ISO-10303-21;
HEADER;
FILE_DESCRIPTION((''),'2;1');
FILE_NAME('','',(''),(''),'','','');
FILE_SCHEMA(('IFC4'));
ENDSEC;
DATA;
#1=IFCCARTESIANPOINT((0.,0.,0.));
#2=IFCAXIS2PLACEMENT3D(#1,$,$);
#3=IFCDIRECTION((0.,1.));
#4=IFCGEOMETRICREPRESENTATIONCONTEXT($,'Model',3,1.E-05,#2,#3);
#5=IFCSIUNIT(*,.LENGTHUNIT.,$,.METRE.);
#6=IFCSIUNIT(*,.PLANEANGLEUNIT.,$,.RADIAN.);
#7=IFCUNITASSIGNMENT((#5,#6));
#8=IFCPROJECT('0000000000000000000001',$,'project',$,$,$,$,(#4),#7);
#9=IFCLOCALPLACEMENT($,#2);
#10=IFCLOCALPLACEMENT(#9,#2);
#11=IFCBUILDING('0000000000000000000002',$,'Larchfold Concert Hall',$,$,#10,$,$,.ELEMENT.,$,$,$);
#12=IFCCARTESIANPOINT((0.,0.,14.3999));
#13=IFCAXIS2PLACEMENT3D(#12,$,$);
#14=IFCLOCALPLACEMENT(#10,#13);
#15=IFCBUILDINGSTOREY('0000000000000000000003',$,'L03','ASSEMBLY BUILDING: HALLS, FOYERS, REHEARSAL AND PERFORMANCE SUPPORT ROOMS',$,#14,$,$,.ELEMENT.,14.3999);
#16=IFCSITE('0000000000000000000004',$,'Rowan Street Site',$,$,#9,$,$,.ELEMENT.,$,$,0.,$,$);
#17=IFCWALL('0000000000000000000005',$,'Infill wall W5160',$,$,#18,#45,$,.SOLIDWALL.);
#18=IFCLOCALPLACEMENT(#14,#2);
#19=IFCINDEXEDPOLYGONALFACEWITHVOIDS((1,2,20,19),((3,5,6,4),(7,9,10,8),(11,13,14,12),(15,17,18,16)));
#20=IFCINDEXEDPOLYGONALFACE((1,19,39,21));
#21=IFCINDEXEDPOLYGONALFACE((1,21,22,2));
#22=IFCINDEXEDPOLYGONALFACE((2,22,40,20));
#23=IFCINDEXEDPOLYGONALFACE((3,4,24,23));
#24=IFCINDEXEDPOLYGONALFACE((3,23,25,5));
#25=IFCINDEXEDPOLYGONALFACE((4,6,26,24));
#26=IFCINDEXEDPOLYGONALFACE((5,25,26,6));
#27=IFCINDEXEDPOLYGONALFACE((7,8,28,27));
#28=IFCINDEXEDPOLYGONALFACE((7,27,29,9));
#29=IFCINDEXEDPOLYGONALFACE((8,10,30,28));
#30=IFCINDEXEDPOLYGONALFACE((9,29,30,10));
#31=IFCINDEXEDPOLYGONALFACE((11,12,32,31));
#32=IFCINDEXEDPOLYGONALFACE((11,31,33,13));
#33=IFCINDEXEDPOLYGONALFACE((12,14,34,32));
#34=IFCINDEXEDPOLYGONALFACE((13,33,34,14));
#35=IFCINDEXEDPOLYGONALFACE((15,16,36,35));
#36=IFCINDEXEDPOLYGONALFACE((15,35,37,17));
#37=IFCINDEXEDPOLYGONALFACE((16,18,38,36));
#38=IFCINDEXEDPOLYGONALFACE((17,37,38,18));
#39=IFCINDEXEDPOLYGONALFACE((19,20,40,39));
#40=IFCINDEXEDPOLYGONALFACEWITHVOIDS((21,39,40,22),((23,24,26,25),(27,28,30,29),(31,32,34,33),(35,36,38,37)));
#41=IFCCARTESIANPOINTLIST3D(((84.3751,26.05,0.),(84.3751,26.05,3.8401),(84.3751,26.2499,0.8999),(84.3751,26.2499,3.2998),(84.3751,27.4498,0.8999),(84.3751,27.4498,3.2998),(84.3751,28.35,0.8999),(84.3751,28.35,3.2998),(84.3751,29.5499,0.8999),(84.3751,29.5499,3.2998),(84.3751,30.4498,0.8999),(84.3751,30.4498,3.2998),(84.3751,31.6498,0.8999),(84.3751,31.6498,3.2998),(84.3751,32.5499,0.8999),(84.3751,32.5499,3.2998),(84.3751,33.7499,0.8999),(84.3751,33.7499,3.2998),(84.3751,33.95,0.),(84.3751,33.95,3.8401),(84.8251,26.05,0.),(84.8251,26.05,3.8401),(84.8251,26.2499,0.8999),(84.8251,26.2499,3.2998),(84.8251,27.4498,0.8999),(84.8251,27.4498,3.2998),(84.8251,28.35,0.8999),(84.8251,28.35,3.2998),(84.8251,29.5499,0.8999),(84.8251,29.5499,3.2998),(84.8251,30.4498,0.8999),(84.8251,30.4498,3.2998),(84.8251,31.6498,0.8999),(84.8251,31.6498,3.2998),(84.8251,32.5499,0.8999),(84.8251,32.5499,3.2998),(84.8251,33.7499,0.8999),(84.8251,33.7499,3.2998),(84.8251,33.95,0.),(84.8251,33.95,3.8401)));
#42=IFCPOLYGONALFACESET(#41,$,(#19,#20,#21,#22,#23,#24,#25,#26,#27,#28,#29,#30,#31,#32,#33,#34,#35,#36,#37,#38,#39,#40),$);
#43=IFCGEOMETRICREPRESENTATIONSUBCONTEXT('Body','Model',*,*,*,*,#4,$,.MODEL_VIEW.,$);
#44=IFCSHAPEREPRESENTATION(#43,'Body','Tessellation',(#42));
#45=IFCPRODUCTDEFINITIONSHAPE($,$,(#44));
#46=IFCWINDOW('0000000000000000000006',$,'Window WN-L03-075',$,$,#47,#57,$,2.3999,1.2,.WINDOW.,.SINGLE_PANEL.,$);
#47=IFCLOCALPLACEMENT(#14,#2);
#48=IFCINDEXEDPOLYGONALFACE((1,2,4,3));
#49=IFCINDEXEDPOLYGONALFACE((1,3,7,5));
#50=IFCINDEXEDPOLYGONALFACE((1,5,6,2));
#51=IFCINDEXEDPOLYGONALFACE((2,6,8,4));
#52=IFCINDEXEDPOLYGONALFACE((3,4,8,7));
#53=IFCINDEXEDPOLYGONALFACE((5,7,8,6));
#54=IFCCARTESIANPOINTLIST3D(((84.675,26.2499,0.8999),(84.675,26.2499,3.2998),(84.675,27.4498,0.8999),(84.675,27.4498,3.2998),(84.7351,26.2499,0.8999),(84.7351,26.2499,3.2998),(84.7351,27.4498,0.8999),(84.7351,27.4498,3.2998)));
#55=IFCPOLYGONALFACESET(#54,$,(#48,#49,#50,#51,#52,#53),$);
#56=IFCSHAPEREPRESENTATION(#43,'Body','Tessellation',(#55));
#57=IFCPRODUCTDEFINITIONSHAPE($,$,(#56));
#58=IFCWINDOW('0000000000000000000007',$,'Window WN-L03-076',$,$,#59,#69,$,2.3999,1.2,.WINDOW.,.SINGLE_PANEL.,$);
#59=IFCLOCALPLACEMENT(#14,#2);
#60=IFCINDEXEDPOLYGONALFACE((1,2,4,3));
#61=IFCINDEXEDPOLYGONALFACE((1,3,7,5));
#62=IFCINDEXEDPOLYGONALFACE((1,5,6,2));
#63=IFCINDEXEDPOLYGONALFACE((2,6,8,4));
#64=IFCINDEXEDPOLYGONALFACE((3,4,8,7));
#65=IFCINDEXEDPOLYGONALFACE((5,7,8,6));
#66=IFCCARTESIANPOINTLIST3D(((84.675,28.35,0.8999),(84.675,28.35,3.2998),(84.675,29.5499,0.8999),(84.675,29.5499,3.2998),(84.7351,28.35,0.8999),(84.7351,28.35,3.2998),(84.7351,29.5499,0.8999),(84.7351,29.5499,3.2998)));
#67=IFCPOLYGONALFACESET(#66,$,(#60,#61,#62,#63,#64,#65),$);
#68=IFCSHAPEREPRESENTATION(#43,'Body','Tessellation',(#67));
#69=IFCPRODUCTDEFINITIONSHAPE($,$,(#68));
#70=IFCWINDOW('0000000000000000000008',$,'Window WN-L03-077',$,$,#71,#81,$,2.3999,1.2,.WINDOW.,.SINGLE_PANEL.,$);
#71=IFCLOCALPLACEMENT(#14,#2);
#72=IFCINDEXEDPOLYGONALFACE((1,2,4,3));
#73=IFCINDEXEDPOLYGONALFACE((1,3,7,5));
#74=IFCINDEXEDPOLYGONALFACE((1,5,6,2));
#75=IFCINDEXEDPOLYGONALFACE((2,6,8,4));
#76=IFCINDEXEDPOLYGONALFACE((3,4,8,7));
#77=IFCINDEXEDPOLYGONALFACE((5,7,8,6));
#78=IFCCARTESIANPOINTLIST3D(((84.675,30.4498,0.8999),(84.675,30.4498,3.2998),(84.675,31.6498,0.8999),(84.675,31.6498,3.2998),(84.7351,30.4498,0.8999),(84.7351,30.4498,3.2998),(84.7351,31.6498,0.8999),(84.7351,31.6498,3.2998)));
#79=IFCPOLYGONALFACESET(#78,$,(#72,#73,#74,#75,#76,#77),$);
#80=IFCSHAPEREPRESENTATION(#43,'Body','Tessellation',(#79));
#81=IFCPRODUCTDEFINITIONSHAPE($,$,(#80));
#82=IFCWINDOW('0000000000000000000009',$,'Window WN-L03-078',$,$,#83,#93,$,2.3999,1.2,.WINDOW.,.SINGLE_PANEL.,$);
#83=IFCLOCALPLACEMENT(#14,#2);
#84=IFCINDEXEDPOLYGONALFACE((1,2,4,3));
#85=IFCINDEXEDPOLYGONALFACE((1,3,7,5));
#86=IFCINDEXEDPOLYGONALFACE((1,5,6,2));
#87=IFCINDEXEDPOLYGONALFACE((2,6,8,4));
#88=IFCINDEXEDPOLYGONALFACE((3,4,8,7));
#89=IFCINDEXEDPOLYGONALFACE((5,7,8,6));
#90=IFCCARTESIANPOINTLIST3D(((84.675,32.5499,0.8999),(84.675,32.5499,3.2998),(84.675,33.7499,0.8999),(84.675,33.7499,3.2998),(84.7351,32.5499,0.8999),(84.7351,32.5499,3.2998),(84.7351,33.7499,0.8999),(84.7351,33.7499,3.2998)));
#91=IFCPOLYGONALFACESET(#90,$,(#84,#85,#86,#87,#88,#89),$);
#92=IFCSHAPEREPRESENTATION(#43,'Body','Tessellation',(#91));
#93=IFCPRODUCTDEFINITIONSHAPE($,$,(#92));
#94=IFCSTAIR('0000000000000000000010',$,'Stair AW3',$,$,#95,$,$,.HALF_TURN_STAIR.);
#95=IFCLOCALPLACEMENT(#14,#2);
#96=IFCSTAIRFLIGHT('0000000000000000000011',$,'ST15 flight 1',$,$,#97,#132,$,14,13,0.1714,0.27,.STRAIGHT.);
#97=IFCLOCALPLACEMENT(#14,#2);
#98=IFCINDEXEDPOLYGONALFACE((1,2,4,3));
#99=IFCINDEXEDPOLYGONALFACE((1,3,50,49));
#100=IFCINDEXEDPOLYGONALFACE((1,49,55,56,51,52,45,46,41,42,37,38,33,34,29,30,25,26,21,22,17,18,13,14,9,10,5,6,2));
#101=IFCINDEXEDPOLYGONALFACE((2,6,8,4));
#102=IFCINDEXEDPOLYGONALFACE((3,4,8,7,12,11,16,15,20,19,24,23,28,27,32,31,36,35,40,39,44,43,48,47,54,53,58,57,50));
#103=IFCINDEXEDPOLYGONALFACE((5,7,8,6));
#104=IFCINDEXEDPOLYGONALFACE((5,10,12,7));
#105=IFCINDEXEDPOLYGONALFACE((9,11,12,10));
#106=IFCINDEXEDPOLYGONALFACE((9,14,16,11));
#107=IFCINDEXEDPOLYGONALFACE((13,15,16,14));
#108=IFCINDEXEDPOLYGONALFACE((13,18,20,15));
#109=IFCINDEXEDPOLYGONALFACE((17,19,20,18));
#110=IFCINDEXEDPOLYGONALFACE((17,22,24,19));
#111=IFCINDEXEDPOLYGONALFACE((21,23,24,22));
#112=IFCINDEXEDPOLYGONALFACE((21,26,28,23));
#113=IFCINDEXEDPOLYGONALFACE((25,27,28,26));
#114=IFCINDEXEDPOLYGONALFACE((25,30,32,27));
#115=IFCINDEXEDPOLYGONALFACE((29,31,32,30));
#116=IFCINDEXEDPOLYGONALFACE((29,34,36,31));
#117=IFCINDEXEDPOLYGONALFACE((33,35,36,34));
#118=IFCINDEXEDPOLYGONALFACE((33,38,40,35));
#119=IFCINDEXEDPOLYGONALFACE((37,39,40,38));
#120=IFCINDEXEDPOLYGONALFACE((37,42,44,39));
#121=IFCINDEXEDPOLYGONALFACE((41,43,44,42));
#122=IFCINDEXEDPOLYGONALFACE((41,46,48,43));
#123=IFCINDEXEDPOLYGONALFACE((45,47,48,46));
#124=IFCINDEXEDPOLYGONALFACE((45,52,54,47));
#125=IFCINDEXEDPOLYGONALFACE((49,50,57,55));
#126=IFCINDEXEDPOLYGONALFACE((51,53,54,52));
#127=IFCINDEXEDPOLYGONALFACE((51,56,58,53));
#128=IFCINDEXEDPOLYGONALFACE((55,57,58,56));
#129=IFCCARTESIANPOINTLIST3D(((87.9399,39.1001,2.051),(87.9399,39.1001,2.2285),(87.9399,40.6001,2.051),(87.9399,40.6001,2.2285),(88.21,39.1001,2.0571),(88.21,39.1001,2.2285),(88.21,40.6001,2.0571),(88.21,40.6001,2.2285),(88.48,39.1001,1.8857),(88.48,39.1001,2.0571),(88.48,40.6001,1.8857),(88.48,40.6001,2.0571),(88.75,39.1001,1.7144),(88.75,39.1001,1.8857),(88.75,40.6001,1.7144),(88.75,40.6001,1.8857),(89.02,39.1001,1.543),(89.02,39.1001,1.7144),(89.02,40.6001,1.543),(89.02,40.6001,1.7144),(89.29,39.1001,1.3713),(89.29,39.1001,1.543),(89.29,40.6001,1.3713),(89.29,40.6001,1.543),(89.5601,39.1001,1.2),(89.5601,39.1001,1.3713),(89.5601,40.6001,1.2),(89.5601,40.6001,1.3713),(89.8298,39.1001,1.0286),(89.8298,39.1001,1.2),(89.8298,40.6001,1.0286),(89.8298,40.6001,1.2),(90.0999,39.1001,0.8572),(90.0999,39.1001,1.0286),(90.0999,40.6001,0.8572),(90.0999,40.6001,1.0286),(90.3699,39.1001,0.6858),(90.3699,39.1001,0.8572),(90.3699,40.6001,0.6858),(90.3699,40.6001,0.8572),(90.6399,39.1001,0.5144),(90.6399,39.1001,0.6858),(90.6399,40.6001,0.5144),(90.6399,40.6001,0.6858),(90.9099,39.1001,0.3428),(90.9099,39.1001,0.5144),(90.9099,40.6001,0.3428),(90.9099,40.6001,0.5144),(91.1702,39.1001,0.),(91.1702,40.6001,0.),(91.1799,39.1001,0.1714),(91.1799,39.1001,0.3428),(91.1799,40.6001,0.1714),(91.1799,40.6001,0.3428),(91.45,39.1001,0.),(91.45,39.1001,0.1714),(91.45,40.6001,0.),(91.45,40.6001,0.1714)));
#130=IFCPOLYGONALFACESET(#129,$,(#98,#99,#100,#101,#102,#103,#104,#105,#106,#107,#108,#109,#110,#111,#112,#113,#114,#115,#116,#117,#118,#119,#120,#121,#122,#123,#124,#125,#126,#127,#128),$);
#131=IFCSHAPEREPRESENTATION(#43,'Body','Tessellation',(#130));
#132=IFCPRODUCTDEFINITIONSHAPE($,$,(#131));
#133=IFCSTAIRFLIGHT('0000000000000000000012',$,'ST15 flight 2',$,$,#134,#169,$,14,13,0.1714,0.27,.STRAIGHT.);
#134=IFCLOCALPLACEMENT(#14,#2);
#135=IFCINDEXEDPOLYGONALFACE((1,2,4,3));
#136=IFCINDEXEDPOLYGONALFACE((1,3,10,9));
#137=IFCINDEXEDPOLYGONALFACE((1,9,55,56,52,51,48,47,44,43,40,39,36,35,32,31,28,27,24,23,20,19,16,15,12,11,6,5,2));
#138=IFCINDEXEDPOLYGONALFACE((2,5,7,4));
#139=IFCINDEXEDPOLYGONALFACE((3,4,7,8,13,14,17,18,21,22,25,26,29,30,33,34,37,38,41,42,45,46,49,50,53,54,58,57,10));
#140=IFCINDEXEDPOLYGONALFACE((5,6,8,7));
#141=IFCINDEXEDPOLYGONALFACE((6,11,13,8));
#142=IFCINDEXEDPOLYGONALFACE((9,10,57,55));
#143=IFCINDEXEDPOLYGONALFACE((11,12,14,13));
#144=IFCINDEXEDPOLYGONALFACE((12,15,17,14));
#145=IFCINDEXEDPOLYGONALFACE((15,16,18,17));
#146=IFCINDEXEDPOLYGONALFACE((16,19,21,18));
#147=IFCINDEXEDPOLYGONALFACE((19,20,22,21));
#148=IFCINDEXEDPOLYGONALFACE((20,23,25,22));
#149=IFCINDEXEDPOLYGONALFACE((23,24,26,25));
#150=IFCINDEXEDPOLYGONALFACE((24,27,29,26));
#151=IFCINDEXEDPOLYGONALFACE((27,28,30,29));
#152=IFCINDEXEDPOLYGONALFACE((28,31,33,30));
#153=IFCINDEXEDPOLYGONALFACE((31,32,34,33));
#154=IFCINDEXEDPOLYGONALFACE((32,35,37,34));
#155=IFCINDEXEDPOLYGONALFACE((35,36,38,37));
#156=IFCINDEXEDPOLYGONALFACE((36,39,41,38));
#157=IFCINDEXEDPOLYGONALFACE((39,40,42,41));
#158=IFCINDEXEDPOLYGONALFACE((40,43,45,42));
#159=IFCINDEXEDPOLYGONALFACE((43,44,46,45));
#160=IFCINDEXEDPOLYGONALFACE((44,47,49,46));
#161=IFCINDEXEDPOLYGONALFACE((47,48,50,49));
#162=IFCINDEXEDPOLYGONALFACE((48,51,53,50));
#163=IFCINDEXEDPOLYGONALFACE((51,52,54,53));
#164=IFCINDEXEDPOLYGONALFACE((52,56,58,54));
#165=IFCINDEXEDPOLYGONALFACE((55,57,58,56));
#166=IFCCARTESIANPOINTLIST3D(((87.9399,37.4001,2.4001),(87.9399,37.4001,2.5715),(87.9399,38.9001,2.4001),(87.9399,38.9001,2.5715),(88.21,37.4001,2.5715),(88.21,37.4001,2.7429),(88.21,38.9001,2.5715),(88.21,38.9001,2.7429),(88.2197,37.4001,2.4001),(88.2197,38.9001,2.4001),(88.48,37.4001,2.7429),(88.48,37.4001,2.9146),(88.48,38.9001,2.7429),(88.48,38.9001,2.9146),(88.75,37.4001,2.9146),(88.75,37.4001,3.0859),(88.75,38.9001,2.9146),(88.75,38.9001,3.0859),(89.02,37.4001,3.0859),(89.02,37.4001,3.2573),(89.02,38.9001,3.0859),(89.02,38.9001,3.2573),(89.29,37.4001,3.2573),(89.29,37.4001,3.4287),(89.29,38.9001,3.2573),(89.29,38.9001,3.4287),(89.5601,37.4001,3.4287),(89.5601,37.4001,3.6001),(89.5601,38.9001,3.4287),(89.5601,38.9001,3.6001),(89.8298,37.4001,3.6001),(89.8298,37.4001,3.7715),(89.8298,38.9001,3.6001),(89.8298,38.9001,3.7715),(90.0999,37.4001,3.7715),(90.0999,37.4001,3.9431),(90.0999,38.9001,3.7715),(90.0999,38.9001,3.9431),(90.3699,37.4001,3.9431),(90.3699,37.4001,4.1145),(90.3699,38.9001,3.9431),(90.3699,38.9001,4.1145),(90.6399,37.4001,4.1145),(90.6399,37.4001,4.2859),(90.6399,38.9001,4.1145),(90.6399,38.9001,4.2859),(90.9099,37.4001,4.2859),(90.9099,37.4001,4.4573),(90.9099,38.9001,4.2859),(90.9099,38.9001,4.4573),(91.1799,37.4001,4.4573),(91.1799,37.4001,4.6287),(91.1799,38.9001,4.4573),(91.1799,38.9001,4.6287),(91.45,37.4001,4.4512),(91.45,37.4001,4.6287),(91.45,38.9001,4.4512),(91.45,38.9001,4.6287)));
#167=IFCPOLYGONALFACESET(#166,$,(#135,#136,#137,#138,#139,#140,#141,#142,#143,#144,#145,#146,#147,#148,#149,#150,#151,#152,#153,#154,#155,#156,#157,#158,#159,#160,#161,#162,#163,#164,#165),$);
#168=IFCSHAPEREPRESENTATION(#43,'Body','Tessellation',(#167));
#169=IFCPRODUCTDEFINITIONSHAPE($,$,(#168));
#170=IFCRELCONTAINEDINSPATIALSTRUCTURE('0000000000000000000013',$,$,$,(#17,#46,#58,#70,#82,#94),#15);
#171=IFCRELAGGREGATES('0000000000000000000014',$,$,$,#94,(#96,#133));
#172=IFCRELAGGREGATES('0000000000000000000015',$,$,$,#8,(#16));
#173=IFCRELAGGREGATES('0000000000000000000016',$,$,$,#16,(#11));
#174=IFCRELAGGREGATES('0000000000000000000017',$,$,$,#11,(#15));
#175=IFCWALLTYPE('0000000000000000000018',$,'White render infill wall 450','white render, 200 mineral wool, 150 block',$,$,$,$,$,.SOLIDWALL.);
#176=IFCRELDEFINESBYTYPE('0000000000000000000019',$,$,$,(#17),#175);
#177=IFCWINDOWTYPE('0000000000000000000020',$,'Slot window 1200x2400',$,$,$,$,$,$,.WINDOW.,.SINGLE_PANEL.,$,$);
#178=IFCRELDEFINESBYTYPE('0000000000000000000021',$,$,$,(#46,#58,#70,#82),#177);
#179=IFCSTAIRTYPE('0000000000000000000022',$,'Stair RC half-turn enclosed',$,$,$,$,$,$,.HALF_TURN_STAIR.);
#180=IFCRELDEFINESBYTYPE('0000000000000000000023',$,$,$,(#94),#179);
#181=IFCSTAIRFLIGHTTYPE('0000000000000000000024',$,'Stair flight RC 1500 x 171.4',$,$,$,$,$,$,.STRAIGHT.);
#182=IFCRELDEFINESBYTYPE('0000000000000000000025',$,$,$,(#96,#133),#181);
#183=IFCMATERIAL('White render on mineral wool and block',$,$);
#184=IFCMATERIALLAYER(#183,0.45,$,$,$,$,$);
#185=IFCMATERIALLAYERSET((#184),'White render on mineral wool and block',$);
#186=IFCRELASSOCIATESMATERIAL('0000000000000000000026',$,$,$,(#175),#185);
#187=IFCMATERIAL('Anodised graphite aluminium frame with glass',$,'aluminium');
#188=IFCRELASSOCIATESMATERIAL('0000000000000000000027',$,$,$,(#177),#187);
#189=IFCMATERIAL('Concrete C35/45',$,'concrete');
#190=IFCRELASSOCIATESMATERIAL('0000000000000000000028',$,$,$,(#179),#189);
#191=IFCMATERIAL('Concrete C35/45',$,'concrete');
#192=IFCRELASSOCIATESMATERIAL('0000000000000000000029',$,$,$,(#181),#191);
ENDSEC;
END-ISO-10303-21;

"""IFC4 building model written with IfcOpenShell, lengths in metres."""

from ifc_helpers import new_model, si_unit, direction, frame, frame_2d, origin, place, context, subcontext, project, spatial, polyline, rectangle, outline, extrude, material, layer, layer_set, type_object, element, fill, aggregate, save


model = new_model("IFC4")

# Units and contexts
model_context = context("Model", 3, precision=1e-05, world=origin(), true_north=direction((0.0, 1.0)))
body_context = subcontext(model_context, "Body", "Model", "MODEL_VIEW")
ifc_project = project(units=[si_unit("LENGTHUNIT", "METRE"), si_unit("PLANEANGLEUNIT", "RADIAN")], contexts=[model_context])

# Site, building, storey
site_placement = place(None, origin())
site = spatial("IfcSite", under=ifc_project, at=site_placement, Name="Rowan Street Site", CompositionType="ELEMENT", RefElevation=0.0)
building_placement = place(site_placement, origin())
building = spatial("IfcBuilding", under=site, at=building_placement, Name="Larchfold Concert Hall", CompositionType="ELEMENT")
storey_placement = place(building_placement, frame((0.0, 0.0, 14.3999)))
storey = spatial("IfcBuildingStorey", under=building, at=storey_placement, Name="L03", Description="ASSEMBLY BUILDING: HALLS, FOYERS, REHEARSAL AND PERFORMANCE SUPPORT ROOMS", CompositionType="ELEMENT", Elevation=14.3999)

# Wall, openings, windows
ifc_material_1 = material(Name="White render on mineral wool and block")
ifc_layer_1 = layer(ifc_material_1, 0.45)
ifc_layer_set_1 = layer_set([ifc_layer_1], Name="White render on mineral wool and block")
wall_type_1 = type_object("IfcWallType", Name="White render infill wall 450", Description="white render, 200 mineral wool, 150 block", PredefinedType="SOLIDWALL", material=ifc_layer_set_1)
wall_1_placement = place(storey_placement, frame((84.6001, 33.95, 0.0), z_axis=(0.0, 0.0, 1.0), x_axis=(0.0, -1.0, 0.0)))
wall_1 = element("IfcWall", 1, at=wall_1_placement, inside=storey, type_object=wall_type_1, Name="Infill wall W5160", PredefinedType="SOLIDWALL", context=body_context, shape_type="SweptSolid", body=[
    extrude(rectangle(XDim=7.8999, YDim=0.45, at=frame_2d((3.95, 0.0))), origin(), (0.0, 0.0, 1.0), 3.8401),
])
opening_1_placement = place(wall_1_placement, frame((6.5, 0.0, 0.8999)))
opening_1 = element("IfcOpeningElement", 2, at=opening_1_placement, cuts=wall_1, PredefinedType="OPENING", context=body_context, shape_type="SweptSolid", body=[
    extrude(rectangle(XDim=1.2, YDim=2.3999, at=frame_2d((0.6001, 1.2))), frame((0.0, 0.2349, 0.0), z_axis=(0.0, -1.0, 0.0), x_axis=(1.0, 0.0, 0.0)), (0.0, 0.0, 1.0), 0.47),
])
opening_2_placement = place(wall_1_placement, frame((4.3999, 0.0, 0.8999)))
opening_2 = element("IfcOpeningElement", 3, at=opening_2_placement, cuts=wall_1, PredefinedType="OPENING", context=body_context, shape_type="SweptSolid", body=[
    extrude(rectangle(XDim=1.2, YDim=2.3999, at=frame_2d((0.6001, 1.2))), frame((0.0, 0.2349, 0.0), z_axis=(0.0, -1.0, 0.0), x_axis=(1.0, 0.0, 0.0)), (0.0, 0.0, 1.0), 0.47),
])
opening_3_placement = place(wall_1_placement, frame((2.3, 0.0, 0.8999)))
opening_3 = element("IfcOpeningElement", 4, at=opening_3_placement, cuts=wall_1, PredefinedType="OPENING", context=body_context, shape_type="SweptSolid", body=[
    extrude(rectangle(XDim=1.2, YDim=2.3999, at=frame_2d((0.6001, 1.2))), frame((0.0, 0.2349, 0.0), z_axis=(0.0, -1.0, 0.0), x_axis=(1.0, 0.0, 0.0)), (0.0, 0.0, 1.0), 0.47),
])
opening_4_placement = place(wall_1_placement, frame((0.2, 0.0, 0.8999)))
opening_4 = element("IfcOpeningElement", 5, at=opening_4_placement, cuts=wall_1, PredefinedType="OPENING", context=body_context, shape_type="SweptSolid", body=[
    extrude(rectangle(XDim=1.2, YDim=2.3999, at=frame_2d((0.6001, 1.2))), frame((0.0, 0.2349, 0.0), z_axis=(0.0, -1.0, 0.0), x_axis=(1.0, 0.0, 0.0)), (0.0, 0.0, 1.0), 0.47),
])
ifc_material_2 = material(Name="Anodised graphite aluminium frame with glass", Category="aluminium")
window_type = type_object("IfcWindowType", Name="Slot window 1200x2400", PartitioningType="SINGLE_PANEL", PredefinedType="WINDOW", material=ifc_material_2)
window_1_placement = place(opening_1_placement, origin())
window_1 = element("IfcWindow", 6, at=window_1_placement, inside=storey, type_object=window_type, Name="Window WN-L03-075", OverallHeight=2.3999, OverallWidth=1.2, PartitioningType="SINGLE_PANEL", PredefinedType="WINDOW", context=body_context, shape_type="SweptSolid", body=[
    extrude(rectangle(XDim=1.2, YDim=2.3999, at=frame_2d((0.6001, 1.2))), frame((0.0, 0.135, 0.0), z_axis=(0.0, -1.0, 0.0), x_axis=(1.0, 0.0, 0.0)), (0.0, 0.0, 1.0), 0.0601),
])
fill(opening_1, window_1)
window_2_placement = place(opening_2_placement, origin())
window_2 = element("IfcWindow", 7, at=window_2_placement, inside=storey, type_object=window_type, Name="Window WN-L03-076", OverallHeight=2.3999, OverallWidth=1.2, PartitioningType="SINGLE_PANEL", PredefinedType="WINDOW", context=body_context, shape_type="SweptSolid", body=[
    extrude(rectangle(XDim=1.2, YDim=2.3999, at=frame_2d((0.6001, 1.2))), frame((0.0, 0.135, 0.0), z_axis=(0.0, -1.0, 0.0), x_axis=(1.0, 0.0, 0.0)), (0.0, 0.0, 1.0), 0.0601),
])
fill(opening_2, window_2)
window_3_placement = place(opening_3_placement, origin())
window_3 = element("IfcWindow", 8, at=window_3_placement, inside=storey, type_object=window_type, Name="Window WN-L03-077", OverallHeight=2.3999, OverallWidth=1.2, PartitioningType="SINGLE_PANEL", PredefinedType="WINDOW", context=body_context, shape_type="SweptSolid", body=[
    extrude(rectangle(XDim=1.2, YDim=2.3999, at=frame_2d((0.6001, 1.2))), frame((0.0, 0.135, 0.0), z_axis=(0.0, -1.0, 0.0), x_axis=(1.0, 0.0, 0.0)), (0.0, 0.0, 1.0), 0.0601),
])
fill(opening_3, window_3)
window_4_placement = place(opening_4_placement, origin())
window_4 = element("IfcWindow", 9, at=window_4_placement, inside=storey, type_object=window_type, Name="Window WN-L03-078", OverallHeight=2.3999, OverallWidth=1.2, PartitioningType="SINGLE_PANEL", PredefinedType="WINDOW", context=body_context, shape_type="SweptSolid", body=[
    extrude(rectangle(XDim=1.2, YDim=2.3999, at=frame_2d((0.6001, 1.2))), frame((0.0, 0.135, 0.0), z_axis=(0.0, -1.0, 0.0), x_axis=(1.0, 0.0, 0.0)), (0.0, 0.0, 1.0), 0.0601),
])
fill(opening_4, window_4)

# Stair, stair flights
ifc_material_3 = material(Name="Concrete C35/45", Category="concrete")
stair_type = type_object("IfcStairType", Name="Stair RC half-turn enclosed", PredefinedType="HALF_TURN_STAIR", material=ifc_material_3)
stair_placement = place(storey_placement, origin())
stair = element("IfcStair", 10, at=stair_placement, inside=storey, type_object=stair_type, Name="Stair AW3", PredefinedType="HALF_TURN_STAIR")
ifc_material_4 = material(Name="Concrete C35/45", Category="concrete")
stair_flight_type = type_object("IfcStairFlightType", Name="Stair flight RC 1500 x 171.4", PredefinedType="STRAIGHT", material=ifc_material_4)
stair_flight_1_placement = place(storey_placement, frame((91.45, 39.8501, 0.0), z_axis=(0.0, 0.0, 1.0), x_axis=(-1.0, 0.0, 0.0)))
stair_flight_1 = element("IfcStairFlight", 11, at=stair_flight_1_placement, type_object=stair_flight_type, Name="ST15 flight 1", NumberOfRisers=14, NumberOfTreads=13, PredefinedType="STRAIGHT", RiserHeight=0.1714, TreadLength=0.27, context=body_context, shape_type="SweptSolid", body=[
    extrude(outline(polyline([(0.0, 0.0), (0.0, 0.1714), (0.27, 0.1714), (0.27, 0.3428), (0.54, 0.3428), (0.54, 0.5144), (0.8101, 0.5144), (0.8101, 0.6858), (1.0801, 0.6858), (1.0801, 0.8572), (1.3501, 0.8572), (1.3501, 1.0286), (1.6201, 1.0286), (1.6201, 1.2), (1.8899, 1.2), (1.8899, 1.3713), (2.1599, 1.3713), (2.1599, 1.543), (2.4299, 1.543), (2.4299, 1.7144), (2.7, 1.7144), (2.7, 1.8857), (2.97, 1.8857), (2.97, 2.0571), (3.24, 2.0571), (3.24, 2.2285), (3.51, 2.2285), (3.51, 2.3999), (3.51, 2.051), (0.2798, 0.0), (0.0, 0.0)])), frame((0.0, 0.75, 0.0), z_axis=(0.0, -1.0, 0.0), x_axis=(1.0, 0.0, 0.0)), (0.0, 0.0, 1.0), 1.5),
])
stair_flight_2_placement = place(storey_placement, frame((87.9399, 38.1501, 2.4001), z_axis=(0.0, 0.0, 1.0), x_axis=(1.0, 0.0, 0.0)))
stair_flight_2 = element("IfcStairFlight", 12, at=stair_flight_2_placement, type_object=stair_flight_type, Name="ST15 flight 2", NumberOfRisers=14, NumberOfTreads=13, PredefinedType="STRAIGHT", RiserHeight=0.1714, TreadLength=0.27, context=body_context, shape_type="SweptSolid", body=[
    extrude(outline(polyline([(0.0, 0.0), (0.0, 0.1714), (0.27, 0.1714), (0.27, 0.3428), (0.54, 0.3428), (0.54, 0.5144), (0.8101, 0.5144), (0.8101, 0.6858), (1.0801, 0.6858), (1.0801, 0.8572), (1.3501, 0.8572), (1.3501, 1.0286), (1.6201, 1.0286), (1.6201, 1.2), (1.8899, 1.2), (1.8899, 1.3713), (2.1599, 1.3713), (2.1599, 1.543), (2.4299, 1.543), (2.4299, 1.7144), (2.7, 1.7144), (2.7, 1.8857), (2.97, 1.8857), (2.97, 2.0571), (3.24, 2.0571), (3.24, 2.2285), (3.51, 2.2285), (3.51, 2.3999), (3.51, 2.051), (0.2798, 0.0), (0.0, 0.0)])), frame((0.0, 0.75, 0.0), z_axis=(0.0, -1.0, 0.0), x_axis=(1.0, 0.0, 0.0)), (0.0, 0.0, 1.0), 1.5),
])
aggregate(stair, [stair_flight_1, stair_flight_2])

save(model, "model.ifc")
